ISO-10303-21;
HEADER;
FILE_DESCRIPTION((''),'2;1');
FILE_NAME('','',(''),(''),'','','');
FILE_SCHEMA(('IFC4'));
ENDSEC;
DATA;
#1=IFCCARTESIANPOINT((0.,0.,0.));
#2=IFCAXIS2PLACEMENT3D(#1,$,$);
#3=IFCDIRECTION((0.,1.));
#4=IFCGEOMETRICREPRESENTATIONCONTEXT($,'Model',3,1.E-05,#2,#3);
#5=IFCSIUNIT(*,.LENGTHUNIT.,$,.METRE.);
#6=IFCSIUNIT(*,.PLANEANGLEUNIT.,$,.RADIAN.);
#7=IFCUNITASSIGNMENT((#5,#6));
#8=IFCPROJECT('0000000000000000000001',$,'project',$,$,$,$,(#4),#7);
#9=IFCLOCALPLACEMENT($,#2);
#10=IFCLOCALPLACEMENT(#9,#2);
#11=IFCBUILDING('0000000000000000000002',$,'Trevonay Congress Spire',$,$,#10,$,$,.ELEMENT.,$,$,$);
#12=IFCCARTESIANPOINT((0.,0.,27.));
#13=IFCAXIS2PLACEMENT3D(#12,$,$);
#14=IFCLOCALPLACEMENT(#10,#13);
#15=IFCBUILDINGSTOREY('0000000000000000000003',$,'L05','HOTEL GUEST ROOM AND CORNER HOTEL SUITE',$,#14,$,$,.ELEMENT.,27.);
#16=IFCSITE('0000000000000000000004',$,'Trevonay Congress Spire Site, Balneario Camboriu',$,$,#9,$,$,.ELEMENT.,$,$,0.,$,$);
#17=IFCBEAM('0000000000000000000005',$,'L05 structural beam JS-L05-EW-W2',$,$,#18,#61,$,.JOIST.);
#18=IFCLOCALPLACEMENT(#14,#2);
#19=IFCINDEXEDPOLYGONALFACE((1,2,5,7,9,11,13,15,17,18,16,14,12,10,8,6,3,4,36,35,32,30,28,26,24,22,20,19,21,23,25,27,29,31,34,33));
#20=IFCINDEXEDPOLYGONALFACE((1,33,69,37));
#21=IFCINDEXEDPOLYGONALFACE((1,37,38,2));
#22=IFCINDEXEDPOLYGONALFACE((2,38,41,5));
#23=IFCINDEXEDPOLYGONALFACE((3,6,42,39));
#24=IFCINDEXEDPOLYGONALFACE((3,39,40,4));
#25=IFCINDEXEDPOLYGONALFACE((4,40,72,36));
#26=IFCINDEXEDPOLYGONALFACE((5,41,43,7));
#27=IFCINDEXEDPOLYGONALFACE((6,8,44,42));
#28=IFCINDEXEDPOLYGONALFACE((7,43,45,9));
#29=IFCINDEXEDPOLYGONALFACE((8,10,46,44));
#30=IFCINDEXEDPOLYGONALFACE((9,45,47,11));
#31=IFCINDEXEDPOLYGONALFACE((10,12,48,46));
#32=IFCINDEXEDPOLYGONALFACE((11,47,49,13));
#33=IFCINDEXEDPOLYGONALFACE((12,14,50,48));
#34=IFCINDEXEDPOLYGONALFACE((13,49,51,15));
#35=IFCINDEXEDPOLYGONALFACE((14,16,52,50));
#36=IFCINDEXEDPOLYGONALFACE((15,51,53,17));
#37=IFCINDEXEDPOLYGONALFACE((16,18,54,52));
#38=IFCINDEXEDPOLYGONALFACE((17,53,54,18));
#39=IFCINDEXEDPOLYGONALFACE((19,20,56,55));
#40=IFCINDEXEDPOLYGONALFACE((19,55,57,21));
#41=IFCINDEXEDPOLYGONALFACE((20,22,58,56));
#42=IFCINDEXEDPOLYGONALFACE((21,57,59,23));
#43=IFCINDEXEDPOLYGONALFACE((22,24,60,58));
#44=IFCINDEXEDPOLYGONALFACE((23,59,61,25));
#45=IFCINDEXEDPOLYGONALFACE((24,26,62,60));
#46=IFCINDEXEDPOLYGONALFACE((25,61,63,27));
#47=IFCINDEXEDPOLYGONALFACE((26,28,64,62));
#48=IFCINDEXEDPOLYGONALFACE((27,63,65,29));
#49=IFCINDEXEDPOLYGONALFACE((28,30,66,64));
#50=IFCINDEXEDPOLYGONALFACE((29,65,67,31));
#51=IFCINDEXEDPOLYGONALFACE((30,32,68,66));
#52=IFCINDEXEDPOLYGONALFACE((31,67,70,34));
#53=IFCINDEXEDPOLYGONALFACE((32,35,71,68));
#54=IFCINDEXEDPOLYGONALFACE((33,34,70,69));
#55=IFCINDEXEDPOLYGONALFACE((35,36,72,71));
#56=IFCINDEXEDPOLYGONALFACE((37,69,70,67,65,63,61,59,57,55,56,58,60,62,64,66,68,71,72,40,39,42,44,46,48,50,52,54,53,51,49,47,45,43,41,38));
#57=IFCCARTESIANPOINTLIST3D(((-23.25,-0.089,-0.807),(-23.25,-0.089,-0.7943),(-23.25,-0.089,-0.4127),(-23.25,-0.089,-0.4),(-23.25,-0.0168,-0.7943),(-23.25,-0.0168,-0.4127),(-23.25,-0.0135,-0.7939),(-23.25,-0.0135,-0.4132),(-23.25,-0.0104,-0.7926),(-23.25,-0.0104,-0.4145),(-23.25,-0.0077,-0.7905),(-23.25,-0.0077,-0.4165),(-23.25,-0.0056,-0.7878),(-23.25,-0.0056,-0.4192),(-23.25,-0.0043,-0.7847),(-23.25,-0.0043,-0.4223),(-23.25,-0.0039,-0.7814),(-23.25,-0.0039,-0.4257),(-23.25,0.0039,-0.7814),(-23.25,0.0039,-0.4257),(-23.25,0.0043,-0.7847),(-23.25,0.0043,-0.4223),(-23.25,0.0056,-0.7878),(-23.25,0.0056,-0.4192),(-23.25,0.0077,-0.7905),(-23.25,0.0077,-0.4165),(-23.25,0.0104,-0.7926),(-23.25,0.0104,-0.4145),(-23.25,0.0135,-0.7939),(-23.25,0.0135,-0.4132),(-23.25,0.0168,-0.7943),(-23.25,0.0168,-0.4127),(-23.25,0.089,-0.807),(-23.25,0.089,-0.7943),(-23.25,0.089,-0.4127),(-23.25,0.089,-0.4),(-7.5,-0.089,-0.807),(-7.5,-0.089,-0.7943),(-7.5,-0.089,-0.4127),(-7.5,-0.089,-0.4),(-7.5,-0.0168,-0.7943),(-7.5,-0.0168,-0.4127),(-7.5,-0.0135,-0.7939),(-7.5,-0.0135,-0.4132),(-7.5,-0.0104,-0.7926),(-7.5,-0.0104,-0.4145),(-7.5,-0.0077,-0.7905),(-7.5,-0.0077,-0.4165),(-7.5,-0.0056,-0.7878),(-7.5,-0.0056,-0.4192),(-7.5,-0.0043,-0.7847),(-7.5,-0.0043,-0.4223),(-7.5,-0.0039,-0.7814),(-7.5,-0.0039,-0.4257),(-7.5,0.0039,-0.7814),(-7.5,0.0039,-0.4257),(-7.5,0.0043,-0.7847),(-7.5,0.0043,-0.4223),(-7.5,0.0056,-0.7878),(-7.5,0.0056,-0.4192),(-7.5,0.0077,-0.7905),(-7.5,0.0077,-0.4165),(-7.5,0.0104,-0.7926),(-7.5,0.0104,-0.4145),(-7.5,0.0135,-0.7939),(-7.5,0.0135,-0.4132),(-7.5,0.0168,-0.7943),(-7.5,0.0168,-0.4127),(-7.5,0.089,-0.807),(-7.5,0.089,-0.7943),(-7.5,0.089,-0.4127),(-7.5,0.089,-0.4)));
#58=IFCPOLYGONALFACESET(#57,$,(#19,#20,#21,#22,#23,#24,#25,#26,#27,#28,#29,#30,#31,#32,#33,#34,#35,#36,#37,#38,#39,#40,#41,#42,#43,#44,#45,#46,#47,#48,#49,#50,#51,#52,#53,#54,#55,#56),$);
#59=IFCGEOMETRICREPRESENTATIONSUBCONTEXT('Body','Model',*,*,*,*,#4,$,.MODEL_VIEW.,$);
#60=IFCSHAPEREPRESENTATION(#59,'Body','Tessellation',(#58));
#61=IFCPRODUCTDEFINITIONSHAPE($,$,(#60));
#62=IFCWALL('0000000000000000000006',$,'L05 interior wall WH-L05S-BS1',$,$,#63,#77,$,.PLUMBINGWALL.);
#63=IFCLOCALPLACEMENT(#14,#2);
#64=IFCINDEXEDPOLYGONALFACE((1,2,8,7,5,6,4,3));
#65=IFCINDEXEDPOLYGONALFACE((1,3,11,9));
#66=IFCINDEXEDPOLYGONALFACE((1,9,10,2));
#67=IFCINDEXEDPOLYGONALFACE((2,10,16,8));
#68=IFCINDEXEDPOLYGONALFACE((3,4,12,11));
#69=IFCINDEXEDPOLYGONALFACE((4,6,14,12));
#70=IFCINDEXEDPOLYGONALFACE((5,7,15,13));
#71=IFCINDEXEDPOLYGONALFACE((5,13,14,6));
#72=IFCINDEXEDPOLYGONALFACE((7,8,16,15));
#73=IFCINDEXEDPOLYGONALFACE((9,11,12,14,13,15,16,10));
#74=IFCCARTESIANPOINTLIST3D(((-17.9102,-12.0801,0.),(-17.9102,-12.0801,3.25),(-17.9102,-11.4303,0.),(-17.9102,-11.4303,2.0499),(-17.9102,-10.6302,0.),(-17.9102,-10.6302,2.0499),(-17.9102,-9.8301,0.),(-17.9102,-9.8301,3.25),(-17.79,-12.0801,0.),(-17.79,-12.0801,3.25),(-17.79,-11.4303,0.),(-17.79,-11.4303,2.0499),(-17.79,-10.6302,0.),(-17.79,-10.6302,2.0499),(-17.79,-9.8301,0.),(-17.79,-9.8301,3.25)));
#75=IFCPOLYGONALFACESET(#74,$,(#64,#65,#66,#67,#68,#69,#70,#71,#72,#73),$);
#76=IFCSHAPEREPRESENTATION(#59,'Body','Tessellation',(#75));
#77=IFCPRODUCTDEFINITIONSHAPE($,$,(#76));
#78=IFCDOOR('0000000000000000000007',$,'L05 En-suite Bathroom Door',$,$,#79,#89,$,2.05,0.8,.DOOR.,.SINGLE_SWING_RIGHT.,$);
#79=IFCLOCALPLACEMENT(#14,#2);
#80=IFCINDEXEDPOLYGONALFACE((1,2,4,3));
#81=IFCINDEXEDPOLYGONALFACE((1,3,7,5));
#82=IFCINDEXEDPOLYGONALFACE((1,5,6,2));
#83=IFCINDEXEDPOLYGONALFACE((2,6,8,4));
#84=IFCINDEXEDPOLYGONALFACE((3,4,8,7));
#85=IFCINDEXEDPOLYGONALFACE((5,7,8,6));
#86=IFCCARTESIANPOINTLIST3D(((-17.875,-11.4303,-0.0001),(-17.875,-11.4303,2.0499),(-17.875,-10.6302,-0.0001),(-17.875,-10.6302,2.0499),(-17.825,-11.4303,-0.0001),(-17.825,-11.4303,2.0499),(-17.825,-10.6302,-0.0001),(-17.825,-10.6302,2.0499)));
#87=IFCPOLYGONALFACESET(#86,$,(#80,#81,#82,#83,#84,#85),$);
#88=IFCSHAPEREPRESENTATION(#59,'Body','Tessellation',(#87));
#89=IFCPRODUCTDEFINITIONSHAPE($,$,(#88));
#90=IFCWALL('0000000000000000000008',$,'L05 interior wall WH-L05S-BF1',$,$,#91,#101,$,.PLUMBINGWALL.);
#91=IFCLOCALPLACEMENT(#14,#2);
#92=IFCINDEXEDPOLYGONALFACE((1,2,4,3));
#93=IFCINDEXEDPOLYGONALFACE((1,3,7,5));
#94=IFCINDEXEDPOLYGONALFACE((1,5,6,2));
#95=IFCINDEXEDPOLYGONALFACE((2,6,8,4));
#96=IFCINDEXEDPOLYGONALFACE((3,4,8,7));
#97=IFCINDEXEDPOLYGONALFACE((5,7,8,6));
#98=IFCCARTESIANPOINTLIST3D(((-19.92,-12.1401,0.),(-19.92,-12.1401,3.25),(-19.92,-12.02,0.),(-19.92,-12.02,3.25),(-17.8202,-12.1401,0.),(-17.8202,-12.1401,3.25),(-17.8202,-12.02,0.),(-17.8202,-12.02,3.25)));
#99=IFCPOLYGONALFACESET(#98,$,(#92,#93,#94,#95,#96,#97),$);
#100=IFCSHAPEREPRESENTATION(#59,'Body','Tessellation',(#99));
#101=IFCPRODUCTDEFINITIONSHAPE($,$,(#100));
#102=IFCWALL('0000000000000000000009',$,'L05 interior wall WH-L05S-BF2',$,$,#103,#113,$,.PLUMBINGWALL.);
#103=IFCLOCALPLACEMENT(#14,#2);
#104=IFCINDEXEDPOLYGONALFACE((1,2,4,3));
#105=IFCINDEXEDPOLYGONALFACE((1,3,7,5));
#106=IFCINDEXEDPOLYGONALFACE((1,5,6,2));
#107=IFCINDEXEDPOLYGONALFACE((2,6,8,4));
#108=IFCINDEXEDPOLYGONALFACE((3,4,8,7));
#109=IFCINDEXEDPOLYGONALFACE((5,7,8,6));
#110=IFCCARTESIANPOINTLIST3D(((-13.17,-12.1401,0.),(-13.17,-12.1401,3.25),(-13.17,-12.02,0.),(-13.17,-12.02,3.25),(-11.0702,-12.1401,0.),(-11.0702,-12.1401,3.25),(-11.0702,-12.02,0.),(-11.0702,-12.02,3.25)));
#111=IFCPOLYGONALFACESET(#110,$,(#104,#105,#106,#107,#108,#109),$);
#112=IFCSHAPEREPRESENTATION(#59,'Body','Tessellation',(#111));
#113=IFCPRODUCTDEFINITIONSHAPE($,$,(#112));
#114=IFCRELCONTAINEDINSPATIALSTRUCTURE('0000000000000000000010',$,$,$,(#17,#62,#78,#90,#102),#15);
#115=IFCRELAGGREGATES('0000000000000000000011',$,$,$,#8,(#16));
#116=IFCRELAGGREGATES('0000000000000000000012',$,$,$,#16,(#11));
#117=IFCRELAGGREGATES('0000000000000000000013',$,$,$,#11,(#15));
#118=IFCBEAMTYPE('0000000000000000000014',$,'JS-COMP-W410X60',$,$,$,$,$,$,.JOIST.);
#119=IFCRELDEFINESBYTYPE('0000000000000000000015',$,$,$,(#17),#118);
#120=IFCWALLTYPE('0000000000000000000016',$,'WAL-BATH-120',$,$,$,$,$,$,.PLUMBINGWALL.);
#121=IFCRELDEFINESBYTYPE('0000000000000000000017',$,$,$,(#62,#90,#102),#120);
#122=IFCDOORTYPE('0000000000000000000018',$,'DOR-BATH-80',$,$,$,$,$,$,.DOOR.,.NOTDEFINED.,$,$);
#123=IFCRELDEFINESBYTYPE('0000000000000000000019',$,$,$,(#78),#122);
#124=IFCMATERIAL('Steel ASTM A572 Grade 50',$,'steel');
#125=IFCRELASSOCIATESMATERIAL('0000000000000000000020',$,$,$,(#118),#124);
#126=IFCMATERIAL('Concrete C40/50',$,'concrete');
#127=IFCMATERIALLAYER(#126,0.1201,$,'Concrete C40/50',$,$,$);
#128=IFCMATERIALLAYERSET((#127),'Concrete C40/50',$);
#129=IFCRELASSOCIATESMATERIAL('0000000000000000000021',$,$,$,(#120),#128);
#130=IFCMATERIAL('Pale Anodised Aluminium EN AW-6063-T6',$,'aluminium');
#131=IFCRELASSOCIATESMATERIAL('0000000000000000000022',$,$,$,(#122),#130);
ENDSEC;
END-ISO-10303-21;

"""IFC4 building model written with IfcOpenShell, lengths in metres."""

from ifc_helpers import new_model, si_unit, direction, frame, frame_2d, origin, origin_2d, place, context, subcontext, project, spatial, rectangle, i_section, extrude, material, layer, layer_set, material_profile, profile_set, type_object, element, fill, save


model = new_model("IFC4")

# Units and contexts
model_context = context("Model", 3, precision=1e-05, world=origin(), true_north=direction((0.0, 1.0)))
body_context = subcontext(model_context, "Body", "Model", "MODEL_VIEW")
ifc_project = project(units=[si_unit("LENGTHUNIT", "METRE"), si_unit("PLANEANGLEUNIT", "RADIAN")], contexts=[model_context])

# Site, building, storey
site_placement = place(None, origin())
site = spatial("IfcSite", under=ifc_project, at=site_placement, Name="Trevonay Congress Spire Site, Balneario Camboriu", CompositionType="ELEMENT", RefElevation=0.0)
building_placement = place(site_placement, origin())
building = spatial("IfcBuilding", under=site, at=building_placement, Name="Trevonay Congress Spire", CompositionType="ELEMENT")
storey_placement = place(building_placement, frame((0.0, 0.0, 27.0)))
storey = spatial("IfcBuildingStorey", under=building, at=storey_placement, Name="L05", Description="HOTEL GUEST ROOM AND CORNER HOTEL SUITE", CompositionType="ELEMENT", Elevation=27.0)

# Shared definitions
ifc_material_1 = material(Name="Steel ASTM A572 Grade 50", Category="steel")

# Beam
ifc_material_profile_1 = material_profile(ifc_material_1, i_section(OverallWidth=0.178, OverallDepth=0.407, WebThickness=0.0078, FlangeThickness=0.0127, FilletRadius=0.0129, at=origin_2d()), Name="W410x60")
ifc_profile_set_1 = profile_set([ifc_material_profile_1], Name="Steel ASTM A572 Grade 50")
beam_type_1 = type_object("IfcBeamType", Name="JS-COMP-W410X60", PredefinedType="JOIST", material=ifc_profile_set_1)
for number, where, z_axis, x_axis, name in (
    (1, (-23.25, 0.0, -0.6035), (1.0, 0.0, 0.0), (0.0, 1.0, 0.0), "L05 structural beam JS-L05-EW-W2"),
):
    element("IfcBeam", number, at=place(storey_placement, frame(where, z_axis=z_axis, x_axis=x_axis)), inside=storey, type_object=beam_type_1, Name=name, PredefinedType="JOIST", context=body_context, shape_type="SweptSolid", body=[
        extrude(i_section(OverallWidth=0.178, OverallDepth=0.407, WebThickness=0.0078, FlangeThickness=0.0127, FilletRadius=0.0129, at=origin_2d()), origin(), (0.0, 0.0, 1.0), 15.75),
    ])

# Wall, opening, door
ifc_material_2 = material(Name="Concrete C40/50", Category="concrete")
ifc_layer_1 = layer(ifc_material_2, 0.1201, Name="Concrete C40/50")
ifc_layer_set_1 = layer_set([ifc_layer_1], Name="Concrete C40/50")
wall_type_1 = type_object("IfcWallType", Name="WAL-BATH-120", PredefinedType="PLUMBINGWALL", material=ifc_layer_set_1)
wall_1_placement = place(storey_placement, frame((-17.8501, -12.0801, 0.0), z_axis=(0.0, 0.0, 1.0), x_axis=(0.0, 1.0, 0.0)))
wall_1 = element("IfcWall", 2, at=wall_1_placement, inside=storey, type_object=wall_type_1, Name="L05 interior wall WH-L05S-BS1", PredefinedType="PLUMBINGWALL", context=body_context, shape_type="SweptSolid", body=[
    extrude(rectangle(XDim=2.25, YDim=0.1201, at=frame_2d((1.125, 0.0))), origin(), (0.0, 0.0, 1.0), 3.25),
])
opening_1_placement = place(wall_1_placement, frame((0.6499, 0.0, 0.0)))
opening_1 = element("IfcOpeningElement", 3, at=opening_1_placement, cuts=wall_1, PredefinedType="OPENING", context=body_context, shape_type="SweptSolid", body=[
    extrude(rectangle(XDim=0.8, YDim=2.05, at=frame_2d((0.3999, 1.0249))), frame((0.0, 0.0701, 0.0), z_axis=(0.0, -1.0, 0.0), x_axis=(1.0, 0.0, 0.0)), (0.0, 0.0, 1.0), 0.1401),
])
ifc_material_3 = material(Name="Pale Anodised Aluminium EN AW-6063-T6", Category="aluminium")
door_type_1 = type_object("IfcDoorType", Name="DOR-BATH-80", OperationType="NOTDEFINED", PredefinedType="DOOR", material=ifc_material_3)
door_1_placement = place(opening_1_placement, origin())
door_1 = element("IfcDoor", 4, at=door_1_placement, inside=storey, type_object=door_type_1, Name="L05 En-suite Bathroom Door", OperationType="SINGLE_SWING_RIGHT", OverallHeight=2.05, OverallWidth=0.8, PredefinedType="DOOR", context=body_context, shape_type="SweptSolid", body=[
    extrude(rectangle(XDim=0.8, YDim=2.05, at=frame_2d((0.3999, 1.0249))), frame((0.0, 0.0249, 0.0), z_axis=(0.0, -1.0, 0.0), x_axis=(1.0, 0.0, 0.0)), (0.0, 0.0, 1.0), 0.05),
])
fill(opening_1, door_1)

# Walls
for number, where, z_axis, x_axis, name in (
    (5, (-19.9199, -12.0801, 0.0), (0.0, 0.0, 1.0), (1.0, 0.0, 0.0), "L05 interior wall WH-L05S-BF1"),
    (6, (-13.1699, -12.0801, 0.0), (0.0, 0.0, 1.0), (1.0, 0.0, 0.0), "L05 interior wall WH-L05S-BF2"),
):
    element("IfcWall", number, at=place(storey_placement, frame(where, z_axis=z_axis, x_axis=x_axis)), inside=storey, type_object=wall_type_1, Name=name, PredefinedType="PLUMBINGWALL", context=body_context, shape_type="SweptSolid", body=[
        extrude(rectangle(XDim=2.0999, YDim=0.1201, at=frame_2d((1.0498, 0.0))), origin(), (0.0, 0.0, 1.0), 3.25),
    ])

save(model, "model.ifc")
